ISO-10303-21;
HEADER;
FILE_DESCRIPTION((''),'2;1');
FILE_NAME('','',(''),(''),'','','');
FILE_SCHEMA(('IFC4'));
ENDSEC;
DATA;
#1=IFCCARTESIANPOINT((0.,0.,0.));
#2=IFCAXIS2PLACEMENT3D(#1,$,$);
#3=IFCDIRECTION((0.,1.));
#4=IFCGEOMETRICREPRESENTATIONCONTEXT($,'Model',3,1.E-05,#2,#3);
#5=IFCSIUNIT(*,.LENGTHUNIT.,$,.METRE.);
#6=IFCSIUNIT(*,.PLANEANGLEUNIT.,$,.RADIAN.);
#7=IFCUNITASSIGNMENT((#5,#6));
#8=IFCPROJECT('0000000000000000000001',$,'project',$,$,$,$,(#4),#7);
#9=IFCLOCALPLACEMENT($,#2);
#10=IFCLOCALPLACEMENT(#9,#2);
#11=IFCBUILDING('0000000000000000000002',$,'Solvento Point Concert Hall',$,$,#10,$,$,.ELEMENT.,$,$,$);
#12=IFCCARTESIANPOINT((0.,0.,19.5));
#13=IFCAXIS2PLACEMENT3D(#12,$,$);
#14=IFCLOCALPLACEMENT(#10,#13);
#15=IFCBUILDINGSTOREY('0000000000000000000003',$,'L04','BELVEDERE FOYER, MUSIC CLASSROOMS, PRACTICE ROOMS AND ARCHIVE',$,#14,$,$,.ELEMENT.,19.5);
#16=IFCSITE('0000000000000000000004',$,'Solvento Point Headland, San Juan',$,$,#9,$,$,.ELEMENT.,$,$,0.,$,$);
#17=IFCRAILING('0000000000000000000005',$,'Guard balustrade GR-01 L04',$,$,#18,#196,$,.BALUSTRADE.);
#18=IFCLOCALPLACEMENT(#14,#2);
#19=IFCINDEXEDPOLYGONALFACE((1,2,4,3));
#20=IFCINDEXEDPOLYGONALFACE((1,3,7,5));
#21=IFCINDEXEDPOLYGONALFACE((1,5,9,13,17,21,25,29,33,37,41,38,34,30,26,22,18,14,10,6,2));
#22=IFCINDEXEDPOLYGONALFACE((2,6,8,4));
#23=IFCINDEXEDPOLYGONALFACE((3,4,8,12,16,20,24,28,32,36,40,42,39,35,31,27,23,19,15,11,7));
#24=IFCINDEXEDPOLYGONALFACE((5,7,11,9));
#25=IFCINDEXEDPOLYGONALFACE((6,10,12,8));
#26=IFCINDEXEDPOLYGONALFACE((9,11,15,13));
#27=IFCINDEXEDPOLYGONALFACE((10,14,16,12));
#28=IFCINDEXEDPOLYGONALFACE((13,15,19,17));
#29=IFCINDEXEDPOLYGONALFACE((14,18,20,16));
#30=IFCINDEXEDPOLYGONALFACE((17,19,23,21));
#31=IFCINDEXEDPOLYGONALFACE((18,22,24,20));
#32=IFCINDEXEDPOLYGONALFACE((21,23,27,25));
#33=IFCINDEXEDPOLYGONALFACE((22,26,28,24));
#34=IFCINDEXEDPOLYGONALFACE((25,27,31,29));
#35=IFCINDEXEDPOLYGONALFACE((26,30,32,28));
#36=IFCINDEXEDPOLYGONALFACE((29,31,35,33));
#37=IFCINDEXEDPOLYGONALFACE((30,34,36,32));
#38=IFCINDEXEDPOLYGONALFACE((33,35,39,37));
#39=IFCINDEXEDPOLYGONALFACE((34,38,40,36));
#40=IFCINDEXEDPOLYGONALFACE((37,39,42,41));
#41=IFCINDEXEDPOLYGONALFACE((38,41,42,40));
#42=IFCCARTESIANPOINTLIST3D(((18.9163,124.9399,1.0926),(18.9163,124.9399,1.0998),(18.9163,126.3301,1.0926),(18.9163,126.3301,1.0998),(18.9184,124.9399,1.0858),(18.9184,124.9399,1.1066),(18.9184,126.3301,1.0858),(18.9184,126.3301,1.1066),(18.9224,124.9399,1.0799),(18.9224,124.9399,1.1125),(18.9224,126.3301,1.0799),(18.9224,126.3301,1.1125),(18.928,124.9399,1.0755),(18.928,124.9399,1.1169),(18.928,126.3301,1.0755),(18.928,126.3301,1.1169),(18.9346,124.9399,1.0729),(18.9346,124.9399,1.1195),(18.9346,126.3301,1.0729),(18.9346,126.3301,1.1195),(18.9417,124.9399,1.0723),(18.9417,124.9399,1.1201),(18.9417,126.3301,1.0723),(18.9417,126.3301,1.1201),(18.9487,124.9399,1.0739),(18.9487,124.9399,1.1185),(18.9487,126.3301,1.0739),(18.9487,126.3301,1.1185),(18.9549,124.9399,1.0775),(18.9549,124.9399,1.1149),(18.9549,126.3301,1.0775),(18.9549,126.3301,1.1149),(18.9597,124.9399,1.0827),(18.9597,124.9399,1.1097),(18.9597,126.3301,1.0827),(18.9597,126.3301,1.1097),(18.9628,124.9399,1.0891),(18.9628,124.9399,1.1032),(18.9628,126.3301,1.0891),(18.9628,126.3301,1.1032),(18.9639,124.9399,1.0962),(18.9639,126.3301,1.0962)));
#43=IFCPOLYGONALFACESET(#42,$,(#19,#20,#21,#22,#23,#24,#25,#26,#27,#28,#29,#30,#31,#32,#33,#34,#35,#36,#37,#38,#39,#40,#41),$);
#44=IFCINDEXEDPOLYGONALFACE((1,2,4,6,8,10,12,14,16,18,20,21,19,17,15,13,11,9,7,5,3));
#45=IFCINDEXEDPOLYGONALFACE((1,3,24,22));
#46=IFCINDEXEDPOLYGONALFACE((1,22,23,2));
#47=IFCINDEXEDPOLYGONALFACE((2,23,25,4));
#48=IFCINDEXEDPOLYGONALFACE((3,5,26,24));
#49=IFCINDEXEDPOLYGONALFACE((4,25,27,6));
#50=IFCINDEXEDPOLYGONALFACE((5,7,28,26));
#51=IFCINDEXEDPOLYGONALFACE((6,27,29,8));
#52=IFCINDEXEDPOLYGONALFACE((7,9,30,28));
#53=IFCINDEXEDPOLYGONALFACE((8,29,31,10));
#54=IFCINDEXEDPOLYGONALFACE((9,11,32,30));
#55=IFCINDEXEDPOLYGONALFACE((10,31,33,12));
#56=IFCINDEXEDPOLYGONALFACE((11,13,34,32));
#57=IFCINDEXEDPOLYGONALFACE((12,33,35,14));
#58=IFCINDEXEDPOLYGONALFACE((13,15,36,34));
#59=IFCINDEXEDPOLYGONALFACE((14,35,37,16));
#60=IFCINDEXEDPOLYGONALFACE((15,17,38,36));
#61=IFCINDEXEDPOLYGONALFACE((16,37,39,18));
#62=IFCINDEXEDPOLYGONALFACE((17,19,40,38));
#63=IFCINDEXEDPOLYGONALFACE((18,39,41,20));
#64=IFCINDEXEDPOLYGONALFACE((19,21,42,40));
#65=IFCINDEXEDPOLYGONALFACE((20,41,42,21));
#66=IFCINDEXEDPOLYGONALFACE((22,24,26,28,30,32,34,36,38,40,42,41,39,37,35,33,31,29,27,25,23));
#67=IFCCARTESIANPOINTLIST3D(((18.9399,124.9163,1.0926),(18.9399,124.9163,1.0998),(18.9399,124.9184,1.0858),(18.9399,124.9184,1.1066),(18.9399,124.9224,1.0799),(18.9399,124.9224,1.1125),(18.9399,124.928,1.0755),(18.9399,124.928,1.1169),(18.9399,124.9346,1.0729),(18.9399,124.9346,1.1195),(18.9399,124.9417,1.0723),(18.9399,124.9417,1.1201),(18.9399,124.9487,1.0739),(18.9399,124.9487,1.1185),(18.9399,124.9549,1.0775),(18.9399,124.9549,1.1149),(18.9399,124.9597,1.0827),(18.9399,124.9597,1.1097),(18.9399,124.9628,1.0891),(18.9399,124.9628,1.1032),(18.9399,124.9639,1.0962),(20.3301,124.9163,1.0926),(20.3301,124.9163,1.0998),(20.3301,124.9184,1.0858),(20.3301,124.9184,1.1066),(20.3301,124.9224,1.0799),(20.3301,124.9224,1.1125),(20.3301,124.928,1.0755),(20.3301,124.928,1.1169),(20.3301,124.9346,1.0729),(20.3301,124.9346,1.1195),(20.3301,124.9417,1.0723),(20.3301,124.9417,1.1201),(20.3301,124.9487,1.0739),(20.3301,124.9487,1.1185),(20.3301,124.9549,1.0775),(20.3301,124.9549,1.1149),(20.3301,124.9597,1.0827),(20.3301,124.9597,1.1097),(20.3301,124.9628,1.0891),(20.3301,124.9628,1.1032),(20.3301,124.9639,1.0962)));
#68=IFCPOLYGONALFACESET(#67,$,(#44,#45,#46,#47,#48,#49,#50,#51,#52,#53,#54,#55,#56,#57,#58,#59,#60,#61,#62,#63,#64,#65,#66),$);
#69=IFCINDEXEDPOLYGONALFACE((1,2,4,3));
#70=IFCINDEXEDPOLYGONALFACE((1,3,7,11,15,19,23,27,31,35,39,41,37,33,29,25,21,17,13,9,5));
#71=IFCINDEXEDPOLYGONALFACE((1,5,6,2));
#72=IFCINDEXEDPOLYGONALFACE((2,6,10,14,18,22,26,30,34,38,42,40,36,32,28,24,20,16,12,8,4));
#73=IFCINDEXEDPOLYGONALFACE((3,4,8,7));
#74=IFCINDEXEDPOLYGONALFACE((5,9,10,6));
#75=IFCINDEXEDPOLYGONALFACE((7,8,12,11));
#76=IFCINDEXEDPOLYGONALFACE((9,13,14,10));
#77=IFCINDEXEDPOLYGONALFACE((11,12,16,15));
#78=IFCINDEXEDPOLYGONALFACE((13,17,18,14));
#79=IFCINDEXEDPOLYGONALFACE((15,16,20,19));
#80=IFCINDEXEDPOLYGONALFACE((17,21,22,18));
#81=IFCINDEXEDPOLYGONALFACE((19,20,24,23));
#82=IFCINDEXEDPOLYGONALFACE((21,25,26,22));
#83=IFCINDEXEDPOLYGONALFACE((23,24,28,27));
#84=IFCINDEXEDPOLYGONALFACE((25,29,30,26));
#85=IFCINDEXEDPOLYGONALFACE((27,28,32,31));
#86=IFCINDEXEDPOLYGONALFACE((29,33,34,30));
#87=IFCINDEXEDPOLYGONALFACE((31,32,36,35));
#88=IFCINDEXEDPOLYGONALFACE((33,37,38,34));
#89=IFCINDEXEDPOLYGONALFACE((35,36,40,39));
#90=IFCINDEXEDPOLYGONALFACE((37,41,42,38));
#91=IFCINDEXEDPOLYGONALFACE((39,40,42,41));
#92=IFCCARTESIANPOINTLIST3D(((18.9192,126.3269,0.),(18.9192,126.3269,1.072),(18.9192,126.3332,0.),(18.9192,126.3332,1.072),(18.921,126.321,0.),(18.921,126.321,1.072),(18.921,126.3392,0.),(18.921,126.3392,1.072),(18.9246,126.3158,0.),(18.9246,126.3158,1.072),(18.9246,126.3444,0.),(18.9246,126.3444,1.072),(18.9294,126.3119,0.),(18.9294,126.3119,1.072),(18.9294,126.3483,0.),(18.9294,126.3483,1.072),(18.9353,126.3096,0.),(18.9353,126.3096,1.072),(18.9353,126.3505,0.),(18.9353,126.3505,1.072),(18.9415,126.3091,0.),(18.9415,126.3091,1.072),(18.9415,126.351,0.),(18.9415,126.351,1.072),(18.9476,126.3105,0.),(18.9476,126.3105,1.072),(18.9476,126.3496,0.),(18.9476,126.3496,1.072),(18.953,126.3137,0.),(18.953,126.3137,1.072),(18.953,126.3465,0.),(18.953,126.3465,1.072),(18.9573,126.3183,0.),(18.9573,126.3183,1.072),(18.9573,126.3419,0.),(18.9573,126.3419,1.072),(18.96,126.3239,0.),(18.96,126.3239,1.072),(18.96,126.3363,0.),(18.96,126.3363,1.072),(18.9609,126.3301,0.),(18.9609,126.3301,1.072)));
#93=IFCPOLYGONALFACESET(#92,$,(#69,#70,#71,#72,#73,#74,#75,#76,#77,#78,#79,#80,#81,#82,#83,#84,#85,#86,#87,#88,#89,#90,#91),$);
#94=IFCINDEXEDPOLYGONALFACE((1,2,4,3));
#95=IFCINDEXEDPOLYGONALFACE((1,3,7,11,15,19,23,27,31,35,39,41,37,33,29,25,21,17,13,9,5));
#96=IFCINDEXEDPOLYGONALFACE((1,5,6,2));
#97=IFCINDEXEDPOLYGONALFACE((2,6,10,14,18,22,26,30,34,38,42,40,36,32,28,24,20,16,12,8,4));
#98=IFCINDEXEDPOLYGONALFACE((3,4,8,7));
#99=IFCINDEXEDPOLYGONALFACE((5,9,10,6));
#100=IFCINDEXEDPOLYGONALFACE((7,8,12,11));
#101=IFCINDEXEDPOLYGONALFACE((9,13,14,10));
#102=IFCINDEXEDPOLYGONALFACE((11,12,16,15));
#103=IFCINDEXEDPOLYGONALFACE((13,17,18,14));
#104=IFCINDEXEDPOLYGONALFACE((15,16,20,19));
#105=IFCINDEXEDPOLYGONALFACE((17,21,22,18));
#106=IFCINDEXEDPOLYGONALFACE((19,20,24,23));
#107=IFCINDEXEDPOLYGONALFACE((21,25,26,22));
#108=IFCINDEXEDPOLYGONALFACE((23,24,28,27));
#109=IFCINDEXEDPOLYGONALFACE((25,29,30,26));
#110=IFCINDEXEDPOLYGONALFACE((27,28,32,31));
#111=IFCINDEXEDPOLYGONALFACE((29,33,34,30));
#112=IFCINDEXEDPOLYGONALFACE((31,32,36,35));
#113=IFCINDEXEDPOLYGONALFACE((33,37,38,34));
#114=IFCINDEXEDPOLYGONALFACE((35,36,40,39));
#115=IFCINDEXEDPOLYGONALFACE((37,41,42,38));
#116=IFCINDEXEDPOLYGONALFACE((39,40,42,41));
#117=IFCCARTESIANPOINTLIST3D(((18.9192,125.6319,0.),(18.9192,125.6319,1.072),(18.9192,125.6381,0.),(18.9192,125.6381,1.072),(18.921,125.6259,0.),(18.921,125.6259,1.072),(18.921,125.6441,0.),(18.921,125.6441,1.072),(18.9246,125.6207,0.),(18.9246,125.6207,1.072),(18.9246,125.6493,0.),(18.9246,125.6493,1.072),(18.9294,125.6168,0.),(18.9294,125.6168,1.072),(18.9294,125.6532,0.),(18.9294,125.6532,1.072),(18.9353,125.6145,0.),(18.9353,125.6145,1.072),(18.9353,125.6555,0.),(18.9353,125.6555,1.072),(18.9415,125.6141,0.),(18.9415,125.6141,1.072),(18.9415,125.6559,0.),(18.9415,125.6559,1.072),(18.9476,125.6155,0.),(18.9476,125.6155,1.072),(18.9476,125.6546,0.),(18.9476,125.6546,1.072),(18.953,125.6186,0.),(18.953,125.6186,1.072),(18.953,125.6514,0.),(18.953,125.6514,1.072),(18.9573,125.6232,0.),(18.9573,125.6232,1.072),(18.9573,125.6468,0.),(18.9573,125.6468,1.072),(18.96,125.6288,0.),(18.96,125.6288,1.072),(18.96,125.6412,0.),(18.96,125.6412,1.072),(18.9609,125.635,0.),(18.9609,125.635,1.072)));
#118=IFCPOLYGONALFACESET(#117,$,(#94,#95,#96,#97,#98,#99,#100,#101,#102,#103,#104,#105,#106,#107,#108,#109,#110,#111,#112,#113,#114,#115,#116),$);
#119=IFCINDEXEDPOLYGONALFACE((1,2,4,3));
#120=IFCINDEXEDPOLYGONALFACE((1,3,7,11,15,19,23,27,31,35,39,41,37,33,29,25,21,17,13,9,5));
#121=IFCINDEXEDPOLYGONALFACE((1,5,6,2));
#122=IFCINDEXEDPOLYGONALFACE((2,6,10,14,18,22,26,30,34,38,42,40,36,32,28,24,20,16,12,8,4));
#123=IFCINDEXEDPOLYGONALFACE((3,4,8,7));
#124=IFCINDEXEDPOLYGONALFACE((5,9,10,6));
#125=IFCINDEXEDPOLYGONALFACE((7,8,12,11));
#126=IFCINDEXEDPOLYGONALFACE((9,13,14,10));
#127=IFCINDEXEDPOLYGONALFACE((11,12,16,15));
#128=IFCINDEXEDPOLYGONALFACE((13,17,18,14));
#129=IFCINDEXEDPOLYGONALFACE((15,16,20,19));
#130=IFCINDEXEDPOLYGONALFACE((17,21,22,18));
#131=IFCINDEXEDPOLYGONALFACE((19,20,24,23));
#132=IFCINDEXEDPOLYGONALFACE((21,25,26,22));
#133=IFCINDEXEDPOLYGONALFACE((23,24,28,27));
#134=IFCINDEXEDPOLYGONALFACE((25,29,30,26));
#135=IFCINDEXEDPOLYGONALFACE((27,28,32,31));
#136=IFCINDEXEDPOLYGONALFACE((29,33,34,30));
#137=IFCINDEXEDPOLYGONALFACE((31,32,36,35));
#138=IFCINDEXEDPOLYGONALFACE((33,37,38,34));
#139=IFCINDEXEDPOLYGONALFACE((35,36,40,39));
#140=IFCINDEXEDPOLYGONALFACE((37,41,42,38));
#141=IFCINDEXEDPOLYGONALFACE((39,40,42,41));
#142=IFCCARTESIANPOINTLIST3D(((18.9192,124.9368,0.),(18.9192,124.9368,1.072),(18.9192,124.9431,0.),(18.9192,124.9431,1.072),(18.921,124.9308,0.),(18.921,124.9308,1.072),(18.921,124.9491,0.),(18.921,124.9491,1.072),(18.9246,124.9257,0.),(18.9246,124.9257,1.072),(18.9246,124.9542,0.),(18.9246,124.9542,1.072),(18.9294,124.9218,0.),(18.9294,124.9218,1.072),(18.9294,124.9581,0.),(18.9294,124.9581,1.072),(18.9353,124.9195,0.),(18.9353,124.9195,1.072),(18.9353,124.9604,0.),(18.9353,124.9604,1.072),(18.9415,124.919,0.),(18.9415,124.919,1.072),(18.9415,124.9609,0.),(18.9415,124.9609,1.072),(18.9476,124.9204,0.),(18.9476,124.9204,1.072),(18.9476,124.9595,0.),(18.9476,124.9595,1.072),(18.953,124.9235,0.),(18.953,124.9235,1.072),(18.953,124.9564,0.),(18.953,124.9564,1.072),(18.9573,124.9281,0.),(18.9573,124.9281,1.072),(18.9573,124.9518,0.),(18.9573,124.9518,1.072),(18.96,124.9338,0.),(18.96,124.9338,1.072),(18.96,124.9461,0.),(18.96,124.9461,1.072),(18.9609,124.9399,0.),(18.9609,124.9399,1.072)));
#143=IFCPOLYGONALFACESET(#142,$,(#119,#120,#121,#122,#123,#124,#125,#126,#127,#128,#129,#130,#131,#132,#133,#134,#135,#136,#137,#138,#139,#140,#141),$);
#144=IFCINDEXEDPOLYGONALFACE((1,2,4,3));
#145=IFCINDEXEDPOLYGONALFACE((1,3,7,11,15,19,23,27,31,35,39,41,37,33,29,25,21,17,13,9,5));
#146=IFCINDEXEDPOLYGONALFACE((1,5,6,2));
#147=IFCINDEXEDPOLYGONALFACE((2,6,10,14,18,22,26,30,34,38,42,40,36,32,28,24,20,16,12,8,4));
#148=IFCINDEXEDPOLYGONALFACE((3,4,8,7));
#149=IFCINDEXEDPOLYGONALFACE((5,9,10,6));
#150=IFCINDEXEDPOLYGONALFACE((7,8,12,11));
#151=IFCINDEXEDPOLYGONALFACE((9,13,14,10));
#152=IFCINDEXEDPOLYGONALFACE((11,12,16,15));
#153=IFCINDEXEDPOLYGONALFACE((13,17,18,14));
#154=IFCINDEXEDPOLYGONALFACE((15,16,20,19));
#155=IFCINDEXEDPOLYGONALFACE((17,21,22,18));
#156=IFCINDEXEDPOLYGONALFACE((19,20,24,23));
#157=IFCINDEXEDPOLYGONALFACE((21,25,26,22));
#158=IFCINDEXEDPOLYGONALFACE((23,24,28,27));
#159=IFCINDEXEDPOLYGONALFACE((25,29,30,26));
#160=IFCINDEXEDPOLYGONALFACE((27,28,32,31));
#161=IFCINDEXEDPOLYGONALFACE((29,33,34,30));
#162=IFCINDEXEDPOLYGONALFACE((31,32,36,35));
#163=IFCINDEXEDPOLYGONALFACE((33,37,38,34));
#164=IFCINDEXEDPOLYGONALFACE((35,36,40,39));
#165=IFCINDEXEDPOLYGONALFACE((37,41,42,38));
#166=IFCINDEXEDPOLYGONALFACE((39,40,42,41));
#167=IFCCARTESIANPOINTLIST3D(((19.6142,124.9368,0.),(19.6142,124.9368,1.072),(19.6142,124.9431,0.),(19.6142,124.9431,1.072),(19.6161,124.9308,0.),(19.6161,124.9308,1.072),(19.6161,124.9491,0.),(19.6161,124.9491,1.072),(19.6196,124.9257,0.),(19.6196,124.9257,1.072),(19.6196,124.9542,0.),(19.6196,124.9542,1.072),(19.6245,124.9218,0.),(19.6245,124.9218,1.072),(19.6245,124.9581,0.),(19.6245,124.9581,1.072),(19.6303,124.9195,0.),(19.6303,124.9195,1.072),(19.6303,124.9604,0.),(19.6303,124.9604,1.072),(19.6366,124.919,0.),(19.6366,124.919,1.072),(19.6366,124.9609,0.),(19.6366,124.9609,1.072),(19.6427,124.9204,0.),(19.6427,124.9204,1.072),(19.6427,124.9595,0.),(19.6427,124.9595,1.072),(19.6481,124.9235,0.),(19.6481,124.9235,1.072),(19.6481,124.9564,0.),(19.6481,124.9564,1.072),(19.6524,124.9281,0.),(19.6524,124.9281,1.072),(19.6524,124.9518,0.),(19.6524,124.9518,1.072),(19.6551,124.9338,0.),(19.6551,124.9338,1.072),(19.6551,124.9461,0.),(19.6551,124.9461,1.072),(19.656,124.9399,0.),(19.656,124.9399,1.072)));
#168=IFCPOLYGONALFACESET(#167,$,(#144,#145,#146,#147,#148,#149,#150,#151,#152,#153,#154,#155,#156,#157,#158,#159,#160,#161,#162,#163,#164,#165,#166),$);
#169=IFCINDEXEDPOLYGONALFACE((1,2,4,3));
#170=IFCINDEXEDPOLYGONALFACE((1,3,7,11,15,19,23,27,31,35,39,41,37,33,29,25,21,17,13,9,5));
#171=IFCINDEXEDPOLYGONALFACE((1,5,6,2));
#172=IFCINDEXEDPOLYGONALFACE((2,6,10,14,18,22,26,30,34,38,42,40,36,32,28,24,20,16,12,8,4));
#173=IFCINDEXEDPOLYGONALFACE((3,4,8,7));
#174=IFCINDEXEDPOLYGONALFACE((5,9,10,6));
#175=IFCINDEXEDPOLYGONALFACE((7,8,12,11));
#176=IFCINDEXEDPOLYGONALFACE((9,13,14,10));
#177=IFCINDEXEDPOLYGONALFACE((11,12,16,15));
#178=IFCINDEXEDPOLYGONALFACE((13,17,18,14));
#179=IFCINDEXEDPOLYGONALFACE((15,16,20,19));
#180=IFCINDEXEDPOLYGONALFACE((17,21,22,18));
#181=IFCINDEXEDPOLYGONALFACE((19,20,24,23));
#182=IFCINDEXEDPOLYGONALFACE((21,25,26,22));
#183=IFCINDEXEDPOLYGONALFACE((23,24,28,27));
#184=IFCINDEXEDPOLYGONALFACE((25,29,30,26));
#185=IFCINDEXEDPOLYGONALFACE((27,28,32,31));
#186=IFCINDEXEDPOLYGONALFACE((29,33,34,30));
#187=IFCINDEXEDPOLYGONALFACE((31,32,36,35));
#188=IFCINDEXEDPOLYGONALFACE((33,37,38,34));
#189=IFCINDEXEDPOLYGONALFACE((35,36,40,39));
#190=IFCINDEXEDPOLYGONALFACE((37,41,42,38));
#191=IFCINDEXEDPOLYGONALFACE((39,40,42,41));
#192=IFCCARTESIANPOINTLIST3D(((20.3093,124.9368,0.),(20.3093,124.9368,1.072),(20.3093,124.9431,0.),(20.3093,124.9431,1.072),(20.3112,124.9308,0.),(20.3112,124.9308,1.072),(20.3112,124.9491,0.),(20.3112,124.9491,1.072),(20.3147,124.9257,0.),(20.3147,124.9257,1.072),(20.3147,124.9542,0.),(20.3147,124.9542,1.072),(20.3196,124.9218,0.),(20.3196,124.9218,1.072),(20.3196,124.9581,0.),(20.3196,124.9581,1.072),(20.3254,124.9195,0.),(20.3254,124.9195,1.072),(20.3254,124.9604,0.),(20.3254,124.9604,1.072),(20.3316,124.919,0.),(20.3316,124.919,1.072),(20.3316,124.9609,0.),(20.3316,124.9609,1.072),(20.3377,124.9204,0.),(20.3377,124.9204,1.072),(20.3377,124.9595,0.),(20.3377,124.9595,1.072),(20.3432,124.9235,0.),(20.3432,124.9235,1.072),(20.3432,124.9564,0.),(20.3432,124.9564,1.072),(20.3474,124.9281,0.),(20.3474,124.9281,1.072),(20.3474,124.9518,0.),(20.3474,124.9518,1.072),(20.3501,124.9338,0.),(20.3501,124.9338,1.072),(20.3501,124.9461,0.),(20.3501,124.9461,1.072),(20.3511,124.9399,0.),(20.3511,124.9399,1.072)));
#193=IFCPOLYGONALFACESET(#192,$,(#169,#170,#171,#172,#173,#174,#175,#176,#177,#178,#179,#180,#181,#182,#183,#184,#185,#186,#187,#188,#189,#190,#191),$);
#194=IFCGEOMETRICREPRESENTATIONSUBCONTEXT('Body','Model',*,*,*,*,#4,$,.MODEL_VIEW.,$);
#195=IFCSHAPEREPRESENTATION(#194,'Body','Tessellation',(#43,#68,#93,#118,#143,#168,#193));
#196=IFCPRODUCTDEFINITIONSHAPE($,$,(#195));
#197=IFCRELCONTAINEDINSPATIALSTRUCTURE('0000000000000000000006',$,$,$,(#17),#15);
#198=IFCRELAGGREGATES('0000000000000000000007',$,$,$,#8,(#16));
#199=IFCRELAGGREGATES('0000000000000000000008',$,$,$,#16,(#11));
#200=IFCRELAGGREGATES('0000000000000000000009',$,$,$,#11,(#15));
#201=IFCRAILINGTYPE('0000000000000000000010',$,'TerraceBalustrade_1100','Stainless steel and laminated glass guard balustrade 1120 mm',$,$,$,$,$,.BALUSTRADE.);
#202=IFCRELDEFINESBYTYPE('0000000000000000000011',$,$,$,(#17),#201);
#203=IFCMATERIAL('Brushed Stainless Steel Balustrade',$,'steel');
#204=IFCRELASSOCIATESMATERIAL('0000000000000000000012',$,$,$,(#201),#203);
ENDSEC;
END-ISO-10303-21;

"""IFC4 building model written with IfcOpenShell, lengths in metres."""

from ifc_helpers import new_model, si_unit, direction, frame, origin, origin_2d, place, context, subcontext, project, spatial, circle, extrude, material, type_object, element, save


model = new_model("IFC4")

# Units and contexts
model_context = context("Model", 3, precision=1e-05, world=origin(), true_north=direction((0.0, 1.0)))
body_context = subcontext(model_context, "Body", "Model", "MODEL_VIEW")
ifc_project = project(units=[si_unit("LENGTHUNIT", "METRE"), si_unit("PLANEANGLEUNIT", "RADIAN")], contexts=[model_context])

# Site, building, storey
site_placement = place(None, origin())
site = spatial("IfcSite", under=ifc_project, at=site_placement, Name="Solvento Point Headland, San Juan", CompositionType="ELEMENT", RefElevation=0.0)
building_placement = place(site_placement, origin())
building = spatial("IfcBuilding", under=site, at=building_placement, Name="Solvento Point Concert Hall", CompositionType="ELEMENT")
storey_placement = place(building_placement, frame((0.0, 0.0, 19.5)))
storey = spatial("IfcBuildingStorey", under=building, at=storey_placement, Name="L04", Description="BELVEDERE FOYER, MUSIC CLASSROOMS, PRACTICE ROOMS AND ARCHIVE", CompositionType="ELEMENT", Elevation=19.5)

# Railing
ifc_material_1 = material(Name="Brushed Stainless Steel Balustrade", Category="steel")
railing_type = type_object("IfcRailingType", Name="TerraceBalustrade_1100", Description="Stainless steel and laminated glass guard balustrade 1120 mm", PredefinedType="BALUSTRADE", material=ifc_material_1)
railing_1_placement = place(storey_placement, frame((18.9399, 126.3301, 0.0)))
element("IfcRailing", 1, at=railing_1_placement, inside=storey, type_object=railing_type, Name="Guard balustrade GR-01 L04", PredefinedType="BALUSTRADE", context=body_context, shape_type="SweptSolid", body=[
    extrude(circle(Radius=0.0239, at=origin_2d()), frame((0.0, 0.0, 1.0962), z_axis=(0.0, -1.0, 0.0), x_axis=(1.0, 0.0, 0.0)), (0.0, 0.0, 1.0), 1.3901),
    extrude(circle(Radius=0.0239, at=origin_2d()), frame((0.0, -1.3901, 1.0962), z_axis=(1.0, 0.0, 0.0), x_axis=(0.0, 1.0, 0.0)), (0.0, 0.0, 1.0), 1.3901),
    extrude(circle(Radius=0.021, at=origin_2d()), origin(), (0.0, 0.0, 1.0), 1.072),
    extrude(circle(Radius=0.021, at=origin_2d()), frame((0.0, -0.6951, 0.0)), (0.0, 0.0, 1.0), 1.072),
    extrude(circle(Radius=0.021, at=origin_2d()), frame((0.0, -1.3901, 0.0)), (0.0, 0.0, 1.0), 1.072),
    extrude(circle(Radius=0.021, at=origin_2d()), frame((0.6951, -1.3901, 0.0)), (0.0, 0.0, 1.0), 1.072),
    extrude(circle(Radius=0.021, at=origin_2d()), frame((1.3901, -1.3901, 0.0)), (0.0, 0.0, 1.0), 1.072),
])

save(model, "model.ifc")
